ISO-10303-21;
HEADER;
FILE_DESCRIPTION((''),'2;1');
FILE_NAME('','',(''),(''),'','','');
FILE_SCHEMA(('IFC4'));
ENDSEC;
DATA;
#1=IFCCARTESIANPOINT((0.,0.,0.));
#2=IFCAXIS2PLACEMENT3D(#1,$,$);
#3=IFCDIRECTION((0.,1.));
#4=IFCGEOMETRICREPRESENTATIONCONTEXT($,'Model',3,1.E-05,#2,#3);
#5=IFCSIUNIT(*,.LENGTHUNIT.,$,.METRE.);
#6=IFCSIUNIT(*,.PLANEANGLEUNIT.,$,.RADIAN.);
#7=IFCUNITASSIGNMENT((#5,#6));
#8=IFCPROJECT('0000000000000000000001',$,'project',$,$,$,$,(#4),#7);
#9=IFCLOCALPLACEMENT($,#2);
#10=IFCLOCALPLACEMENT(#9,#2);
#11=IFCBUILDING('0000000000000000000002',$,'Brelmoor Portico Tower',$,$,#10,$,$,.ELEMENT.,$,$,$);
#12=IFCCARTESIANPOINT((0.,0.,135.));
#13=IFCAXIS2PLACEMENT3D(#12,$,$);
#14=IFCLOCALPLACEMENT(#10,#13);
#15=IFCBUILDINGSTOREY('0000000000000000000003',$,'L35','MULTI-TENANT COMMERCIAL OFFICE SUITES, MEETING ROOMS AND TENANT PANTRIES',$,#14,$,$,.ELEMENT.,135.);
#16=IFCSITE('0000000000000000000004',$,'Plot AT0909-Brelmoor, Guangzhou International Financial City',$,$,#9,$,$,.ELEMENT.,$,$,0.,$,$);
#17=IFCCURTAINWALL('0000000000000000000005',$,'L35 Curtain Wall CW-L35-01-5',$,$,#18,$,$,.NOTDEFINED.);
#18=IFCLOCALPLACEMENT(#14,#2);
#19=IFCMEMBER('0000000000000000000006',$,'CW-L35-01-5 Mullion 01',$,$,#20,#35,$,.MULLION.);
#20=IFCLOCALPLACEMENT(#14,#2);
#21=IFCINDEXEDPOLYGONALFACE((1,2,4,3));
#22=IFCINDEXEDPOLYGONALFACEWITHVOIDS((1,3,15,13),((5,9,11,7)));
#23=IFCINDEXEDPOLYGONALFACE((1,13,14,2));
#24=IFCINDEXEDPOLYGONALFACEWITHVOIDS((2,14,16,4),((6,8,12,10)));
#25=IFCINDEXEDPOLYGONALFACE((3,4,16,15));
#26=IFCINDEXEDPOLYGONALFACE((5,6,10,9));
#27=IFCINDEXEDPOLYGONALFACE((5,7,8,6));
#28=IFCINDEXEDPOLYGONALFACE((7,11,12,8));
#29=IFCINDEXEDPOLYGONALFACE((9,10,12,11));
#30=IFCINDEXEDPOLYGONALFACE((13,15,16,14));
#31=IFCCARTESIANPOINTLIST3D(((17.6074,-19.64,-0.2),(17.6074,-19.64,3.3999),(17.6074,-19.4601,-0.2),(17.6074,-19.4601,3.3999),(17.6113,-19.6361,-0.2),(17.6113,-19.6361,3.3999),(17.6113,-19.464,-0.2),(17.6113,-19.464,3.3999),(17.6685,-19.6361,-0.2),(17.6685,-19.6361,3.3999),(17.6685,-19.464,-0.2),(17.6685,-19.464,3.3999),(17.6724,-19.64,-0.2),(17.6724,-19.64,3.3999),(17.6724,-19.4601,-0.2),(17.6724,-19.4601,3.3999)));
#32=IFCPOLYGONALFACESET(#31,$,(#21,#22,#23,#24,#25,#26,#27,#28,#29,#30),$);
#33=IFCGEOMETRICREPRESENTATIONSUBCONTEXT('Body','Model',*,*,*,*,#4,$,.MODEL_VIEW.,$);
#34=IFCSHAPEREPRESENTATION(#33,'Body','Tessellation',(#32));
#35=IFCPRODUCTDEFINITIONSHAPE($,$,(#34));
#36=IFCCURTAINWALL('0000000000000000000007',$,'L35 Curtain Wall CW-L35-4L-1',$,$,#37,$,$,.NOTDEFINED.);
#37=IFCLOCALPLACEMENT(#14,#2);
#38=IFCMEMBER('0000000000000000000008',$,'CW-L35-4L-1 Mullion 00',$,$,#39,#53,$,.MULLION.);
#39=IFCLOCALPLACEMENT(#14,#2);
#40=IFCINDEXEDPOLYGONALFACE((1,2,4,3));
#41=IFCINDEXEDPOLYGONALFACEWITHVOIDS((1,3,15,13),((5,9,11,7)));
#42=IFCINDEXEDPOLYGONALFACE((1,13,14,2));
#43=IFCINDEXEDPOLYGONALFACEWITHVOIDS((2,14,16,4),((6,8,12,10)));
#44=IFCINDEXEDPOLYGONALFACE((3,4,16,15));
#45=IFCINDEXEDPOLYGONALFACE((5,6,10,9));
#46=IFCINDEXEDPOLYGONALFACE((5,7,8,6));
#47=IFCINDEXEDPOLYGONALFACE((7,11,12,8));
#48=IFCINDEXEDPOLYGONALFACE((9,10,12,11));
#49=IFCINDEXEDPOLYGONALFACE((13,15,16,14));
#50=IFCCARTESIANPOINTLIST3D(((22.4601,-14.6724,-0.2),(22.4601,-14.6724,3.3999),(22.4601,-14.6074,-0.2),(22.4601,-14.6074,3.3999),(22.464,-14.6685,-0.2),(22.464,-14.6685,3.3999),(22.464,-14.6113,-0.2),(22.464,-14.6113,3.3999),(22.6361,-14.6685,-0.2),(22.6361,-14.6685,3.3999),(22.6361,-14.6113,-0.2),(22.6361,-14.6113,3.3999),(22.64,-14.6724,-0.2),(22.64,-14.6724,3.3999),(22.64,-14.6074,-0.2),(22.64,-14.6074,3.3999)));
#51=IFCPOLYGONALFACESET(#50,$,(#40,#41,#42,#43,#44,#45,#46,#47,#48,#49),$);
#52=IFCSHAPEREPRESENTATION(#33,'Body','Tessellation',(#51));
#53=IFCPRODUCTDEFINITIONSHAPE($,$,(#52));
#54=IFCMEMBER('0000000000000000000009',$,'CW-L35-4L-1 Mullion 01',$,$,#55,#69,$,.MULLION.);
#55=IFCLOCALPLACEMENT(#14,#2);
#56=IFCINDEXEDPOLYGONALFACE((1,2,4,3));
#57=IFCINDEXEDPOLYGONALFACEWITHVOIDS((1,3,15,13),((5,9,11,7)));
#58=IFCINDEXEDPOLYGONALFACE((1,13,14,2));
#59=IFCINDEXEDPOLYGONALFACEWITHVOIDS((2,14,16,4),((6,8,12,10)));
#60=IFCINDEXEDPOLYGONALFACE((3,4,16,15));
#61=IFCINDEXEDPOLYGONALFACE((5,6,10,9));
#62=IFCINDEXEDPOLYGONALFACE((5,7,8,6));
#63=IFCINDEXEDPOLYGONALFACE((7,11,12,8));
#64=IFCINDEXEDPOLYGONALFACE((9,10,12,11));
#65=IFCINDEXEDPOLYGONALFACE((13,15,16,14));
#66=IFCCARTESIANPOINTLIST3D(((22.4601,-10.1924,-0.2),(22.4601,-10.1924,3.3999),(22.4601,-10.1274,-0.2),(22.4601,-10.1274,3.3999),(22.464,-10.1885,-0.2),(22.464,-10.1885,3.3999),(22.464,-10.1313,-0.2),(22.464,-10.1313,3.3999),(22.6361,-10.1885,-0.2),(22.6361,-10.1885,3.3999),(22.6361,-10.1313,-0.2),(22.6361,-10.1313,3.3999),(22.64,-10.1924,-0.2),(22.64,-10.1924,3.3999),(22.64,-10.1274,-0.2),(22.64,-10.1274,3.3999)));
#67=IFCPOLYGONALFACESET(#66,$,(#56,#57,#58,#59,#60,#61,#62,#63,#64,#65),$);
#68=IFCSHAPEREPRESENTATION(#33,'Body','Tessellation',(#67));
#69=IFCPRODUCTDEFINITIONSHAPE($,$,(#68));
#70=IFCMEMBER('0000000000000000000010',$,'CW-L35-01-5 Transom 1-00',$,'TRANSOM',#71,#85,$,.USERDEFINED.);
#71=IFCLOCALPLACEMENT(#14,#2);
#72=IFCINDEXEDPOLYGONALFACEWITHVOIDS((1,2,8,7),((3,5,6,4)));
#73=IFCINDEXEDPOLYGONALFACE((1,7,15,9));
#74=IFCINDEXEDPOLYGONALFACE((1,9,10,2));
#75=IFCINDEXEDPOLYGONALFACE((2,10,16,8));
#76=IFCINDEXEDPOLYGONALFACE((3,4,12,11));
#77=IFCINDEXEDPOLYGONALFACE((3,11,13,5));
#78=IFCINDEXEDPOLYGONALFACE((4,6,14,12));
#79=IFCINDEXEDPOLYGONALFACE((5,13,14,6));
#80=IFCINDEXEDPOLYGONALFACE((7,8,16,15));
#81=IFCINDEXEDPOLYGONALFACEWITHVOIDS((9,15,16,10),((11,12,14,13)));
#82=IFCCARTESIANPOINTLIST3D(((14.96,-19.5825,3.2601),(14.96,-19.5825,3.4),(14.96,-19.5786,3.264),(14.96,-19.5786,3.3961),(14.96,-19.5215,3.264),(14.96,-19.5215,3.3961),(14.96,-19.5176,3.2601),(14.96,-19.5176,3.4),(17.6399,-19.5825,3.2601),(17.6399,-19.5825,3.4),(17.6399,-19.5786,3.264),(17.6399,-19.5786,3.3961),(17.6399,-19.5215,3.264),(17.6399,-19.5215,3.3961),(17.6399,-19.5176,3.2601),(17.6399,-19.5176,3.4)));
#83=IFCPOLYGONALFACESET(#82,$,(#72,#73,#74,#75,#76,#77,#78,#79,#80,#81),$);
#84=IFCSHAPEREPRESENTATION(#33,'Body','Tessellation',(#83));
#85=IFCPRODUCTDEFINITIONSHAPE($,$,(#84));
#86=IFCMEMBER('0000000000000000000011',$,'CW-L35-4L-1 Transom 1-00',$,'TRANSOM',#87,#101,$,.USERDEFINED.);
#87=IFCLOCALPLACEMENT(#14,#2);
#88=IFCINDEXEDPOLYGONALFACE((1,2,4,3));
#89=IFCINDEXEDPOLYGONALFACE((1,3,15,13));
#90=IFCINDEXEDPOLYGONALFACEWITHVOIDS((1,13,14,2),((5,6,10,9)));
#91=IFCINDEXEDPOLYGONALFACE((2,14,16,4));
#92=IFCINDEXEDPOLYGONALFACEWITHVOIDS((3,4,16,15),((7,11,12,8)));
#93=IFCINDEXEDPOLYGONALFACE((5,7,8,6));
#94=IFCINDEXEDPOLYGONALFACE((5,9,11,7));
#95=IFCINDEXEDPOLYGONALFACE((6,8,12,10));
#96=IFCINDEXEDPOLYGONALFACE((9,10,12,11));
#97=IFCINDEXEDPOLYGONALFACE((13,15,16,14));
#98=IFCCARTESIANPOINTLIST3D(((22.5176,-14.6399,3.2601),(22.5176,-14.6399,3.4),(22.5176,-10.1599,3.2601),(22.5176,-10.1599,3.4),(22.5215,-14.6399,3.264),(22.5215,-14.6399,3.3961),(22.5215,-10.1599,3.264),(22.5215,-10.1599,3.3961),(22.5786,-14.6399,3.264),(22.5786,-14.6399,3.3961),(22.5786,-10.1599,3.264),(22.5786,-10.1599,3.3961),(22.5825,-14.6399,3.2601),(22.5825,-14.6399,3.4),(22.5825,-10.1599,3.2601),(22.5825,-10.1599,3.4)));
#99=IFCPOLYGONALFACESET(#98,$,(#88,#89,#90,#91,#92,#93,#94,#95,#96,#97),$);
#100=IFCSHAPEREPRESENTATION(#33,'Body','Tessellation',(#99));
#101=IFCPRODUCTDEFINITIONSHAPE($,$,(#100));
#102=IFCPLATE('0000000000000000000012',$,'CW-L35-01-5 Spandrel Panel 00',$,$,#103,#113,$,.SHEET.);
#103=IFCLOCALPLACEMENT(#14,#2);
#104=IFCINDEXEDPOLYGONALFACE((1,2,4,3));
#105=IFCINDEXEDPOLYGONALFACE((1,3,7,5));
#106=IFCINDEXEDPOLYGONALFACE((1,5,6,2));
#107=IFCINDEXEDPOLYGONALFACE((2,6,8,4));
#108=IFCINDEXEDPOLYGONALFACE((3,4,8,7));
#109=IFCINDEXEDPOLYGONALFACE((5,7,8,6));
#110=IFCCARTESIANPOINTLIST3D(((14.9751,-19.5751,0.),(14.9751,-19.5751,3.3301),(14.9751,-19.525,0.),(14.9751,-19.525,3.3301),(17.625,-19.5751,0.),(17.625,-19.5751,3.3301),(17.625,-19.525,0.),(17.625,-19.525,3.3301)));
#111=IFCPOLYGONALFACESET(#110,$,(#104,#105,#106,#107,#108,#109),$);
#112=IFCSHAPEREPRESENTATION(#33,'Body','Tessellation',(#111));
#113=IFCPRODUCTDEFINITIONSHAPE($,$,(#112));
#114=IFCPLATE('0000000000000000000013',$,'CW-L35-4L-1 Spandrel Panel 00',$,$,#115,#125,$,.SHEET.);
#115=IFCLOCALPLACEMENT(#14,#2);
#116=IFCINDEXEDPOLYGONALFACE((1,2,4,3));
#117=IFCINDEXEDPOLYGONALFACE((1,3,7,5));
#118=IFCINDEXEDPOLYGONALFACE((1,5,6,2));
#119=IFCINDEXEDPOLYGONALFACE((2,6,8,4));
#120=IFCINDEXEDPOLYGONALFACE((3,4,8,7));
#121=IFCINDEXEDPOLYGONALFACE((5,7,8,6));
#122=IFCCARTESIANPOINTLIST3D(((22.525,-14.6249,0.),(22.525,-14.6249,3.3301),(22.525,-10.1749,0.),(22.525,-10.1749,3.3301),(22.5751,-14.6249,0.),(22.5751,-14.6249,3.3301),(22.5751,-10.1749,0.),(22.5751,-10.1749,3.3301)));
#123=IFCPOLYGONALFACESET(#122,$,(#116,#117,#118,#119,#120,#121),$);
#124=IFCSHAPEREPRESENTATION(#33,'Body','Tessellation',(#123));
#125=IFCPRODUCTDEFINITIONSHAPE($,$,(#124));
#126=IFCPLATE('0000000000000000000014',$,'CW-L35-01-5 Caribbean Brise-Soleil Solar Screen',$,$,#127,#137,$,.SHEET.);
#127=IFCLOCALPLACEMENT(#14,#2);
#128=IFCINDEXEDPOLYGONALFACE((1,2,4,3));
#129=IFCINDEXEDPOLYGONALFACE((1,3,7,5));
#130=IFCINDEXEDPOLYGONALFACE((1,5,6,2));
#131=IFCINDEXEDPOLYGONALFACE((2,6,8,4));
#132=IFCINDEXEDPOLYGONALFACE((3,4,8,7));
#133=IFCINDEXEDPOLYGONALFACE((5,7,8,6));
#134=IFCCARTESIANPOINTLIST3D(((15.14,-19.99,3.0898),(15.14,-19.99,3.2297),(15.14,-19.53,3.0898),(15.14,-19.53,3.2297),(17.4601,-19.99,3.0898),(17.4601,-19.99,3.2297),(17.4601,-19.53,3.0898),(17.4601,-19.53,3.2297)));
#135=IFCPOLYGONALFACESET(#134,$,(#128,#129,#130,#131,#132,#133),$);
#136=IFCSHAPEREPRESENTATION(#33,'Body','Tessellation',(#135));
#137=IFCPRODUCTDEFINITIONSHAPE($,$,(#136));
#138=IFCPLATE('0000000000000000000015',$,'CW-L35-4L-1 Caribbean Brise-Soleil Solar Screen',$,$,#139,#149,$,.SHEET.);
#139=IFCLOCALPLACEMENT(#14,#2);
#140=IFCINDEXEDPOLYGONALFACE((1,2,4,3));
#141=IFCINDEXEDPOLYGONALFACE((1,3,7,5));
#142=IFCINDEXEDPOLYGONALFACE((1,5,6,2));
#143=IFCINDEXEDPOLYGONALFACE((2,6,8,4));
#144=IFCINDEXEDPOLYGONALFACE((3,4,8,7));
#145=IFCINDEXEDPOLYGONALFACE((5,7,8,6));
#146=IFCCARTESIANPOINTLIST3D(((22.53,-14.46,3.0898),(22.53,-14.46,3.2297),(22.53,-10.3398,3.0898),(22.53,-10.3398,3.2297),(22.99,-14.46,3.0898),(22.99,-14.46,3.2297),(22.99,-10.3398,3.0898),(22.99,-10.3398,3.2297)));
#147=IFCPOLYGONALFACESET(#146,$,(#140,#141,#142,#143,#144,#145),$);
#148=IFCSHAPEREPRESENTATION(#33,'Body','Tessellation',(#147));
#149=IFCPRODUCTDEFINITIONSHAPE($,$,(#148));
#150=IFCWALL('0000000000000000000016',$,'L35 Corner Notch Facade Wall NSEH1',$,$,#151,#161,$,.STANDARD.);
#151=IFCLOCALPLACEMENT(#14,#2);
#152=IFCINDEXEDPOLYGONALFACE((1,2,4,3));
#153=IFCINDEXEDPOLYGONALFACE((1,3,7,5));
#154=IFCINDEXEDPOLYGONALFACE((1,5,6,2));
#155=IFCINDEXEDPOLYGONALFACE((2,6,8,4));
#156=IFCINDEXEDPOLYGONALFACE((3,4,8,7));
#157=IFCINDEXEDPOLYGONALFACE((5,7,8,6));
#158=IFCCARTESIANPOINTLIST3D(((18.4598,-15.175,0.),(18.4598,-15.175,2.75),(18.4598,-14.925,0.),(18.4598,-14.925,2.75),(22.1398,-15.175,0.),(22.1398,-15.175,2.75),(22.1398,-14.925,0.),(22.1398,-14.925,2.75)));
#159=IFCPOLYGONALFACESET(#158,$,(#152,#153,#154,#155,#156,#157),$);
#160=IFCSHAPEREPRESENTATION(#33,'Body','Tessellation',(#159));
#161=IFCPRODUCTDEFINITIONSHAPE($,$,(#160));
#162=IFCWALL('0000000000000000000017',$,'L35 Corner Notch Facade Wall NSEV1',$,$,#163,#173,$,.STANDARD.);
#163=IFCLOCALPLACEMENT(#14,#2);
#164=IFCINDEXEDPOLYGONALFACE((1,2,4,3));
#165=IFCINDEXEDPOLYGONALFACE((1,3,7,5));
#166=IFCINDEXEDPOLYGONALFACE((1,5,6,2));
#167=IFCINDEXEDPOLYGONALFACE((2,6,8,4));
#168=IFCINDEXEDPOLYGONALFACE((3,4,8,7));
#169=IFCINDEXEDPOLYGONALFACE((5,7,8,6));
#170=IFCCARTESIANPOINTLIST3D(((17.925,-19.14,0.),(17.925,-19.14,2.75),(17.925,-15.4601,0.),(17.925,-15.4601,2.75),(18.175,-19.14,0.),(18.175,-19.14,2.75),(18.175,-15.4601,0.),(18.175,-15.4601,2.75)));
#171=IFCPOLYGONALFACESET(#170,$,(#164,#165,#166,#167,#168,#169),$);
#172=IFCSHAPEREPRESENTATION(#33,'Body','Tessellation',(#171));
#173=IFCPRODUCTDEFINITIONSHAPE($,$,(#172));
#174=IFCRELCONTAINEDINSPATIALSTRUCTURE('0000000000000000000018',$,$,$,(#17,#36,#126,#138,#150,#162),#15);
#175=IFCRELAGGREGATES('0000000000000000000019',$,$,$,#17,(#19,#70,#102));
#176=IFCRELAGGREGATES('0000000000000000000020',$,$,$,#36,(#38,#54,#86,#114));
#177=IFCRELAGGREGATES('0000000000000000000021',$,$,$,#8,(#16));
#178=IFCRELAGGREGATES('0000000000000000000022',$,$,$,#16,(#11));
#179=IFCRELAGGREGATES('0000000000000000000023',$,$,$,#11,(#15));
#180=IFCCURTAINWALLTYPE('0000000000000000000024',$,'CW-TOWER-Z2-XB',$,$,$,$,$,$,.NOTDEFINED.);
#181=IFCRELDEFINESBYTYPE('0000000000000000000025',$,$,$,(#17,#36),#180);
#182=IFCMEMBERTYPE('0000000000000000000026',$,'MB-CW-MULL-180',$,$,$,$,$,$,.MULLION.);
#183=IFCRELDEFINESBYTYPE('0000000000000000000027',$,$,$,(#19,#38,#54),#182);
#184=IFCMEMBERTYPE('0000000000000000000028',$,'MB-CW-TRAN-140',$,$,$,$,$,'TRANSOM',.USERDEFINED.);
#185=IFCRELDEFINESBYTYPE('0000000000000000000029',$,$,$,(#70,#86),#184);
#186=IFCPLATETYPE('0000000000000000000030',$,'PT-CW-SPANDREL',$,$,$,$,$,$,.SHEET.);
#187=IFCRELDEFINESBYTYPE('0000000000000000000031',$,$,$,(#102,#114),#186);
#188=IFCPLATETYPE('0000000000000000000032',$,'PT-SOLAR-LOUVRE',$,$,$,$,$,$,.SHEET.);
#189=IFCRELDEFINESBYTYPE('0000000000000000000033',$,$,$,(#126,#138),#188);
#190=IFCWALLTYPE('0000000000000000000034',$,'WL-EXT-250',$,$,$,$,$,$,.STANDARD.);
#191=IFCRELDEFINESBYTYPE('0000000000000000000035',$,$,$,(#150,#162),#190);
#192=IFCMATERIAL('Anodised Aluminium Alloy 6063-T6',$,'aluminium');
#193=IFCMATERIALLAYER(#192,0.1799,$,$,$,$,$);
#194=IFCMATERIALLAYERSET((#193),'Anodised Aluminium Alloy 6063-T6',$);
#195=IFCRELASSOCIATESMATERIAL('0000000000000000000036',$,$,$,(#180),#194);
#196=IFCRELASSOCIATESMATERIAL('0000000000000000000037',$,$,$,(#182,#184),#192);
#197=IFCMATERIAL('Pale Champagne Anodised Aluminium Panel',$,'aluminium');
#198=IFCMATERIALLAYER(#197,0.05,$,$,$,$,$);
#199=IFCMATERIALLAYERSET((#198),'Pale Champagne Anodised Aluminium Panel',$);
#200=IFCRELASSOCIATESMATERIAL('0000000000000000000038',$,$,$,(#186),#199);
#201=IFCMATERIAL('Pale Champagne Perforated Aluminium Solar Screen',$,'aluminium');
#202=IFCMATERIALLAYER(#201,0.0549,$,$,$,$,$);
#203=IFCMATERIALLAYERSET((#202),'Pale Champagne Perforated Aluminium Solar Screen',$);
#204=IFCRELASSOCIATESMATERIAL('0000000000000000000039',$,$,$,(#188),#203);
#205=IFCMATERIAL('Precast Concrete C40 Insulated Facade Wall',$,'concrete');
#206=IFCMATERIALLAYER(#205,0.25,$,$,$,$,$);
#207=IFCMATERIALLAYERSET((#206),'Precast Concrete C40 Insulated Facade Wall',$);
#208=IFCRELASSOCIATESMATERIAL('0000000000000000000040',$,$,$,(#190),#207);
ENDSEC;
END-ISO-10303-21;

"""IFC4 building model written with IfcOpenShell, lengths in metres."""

from ifc_helpers import new_model, si_unit, direction, frame, frame_2d, origin, origin_2d, place, context, subcontext, project, spatial, rectangle, hollow_rectangle, extrude, material, layer, layer_set, material_profile, profile_set, type_object, element, aggregate, save


model = new_model("IFC4")

# Units and contexts
model_context = context("Model", 3, precision=1e-05, world=origin(), true_north=direction((0.0, 1.0)))
body_context = subcontext(model_context, "Body", "Model", "MODEL_VIEW")
ifc_project = project(units=[si_unit("LENGTHUNIT", "METRE"), si_unit("PLANEANGLEUNIT", "RADIAN")], contexts=[model_context])

# Site, building, storey
site_placement = place(None, origin())
site = spatial("IfcSite", under=ifc_project, at=site_placement, Name="Plot AT0909-Brelmoor, Guangzhou International Financial City", CompositionType="ELEMENT", RefElevation=0.0)
building_placement = place(site_placement, origin())
building = spatial("IfcBuilding", under=site, at=building_placement, Name="Brelmoor Portico Tower", CompositionType="ELEMENT")
storey_placement = place(building_placement, frame((0.0, 0.0, 135.0)))
storey = spatial("IfcBuildingStorey", under=building, at=storey_placement, Name="L35", Description="MULTI-TENANT COMMERCIAL OFFICE SUITES, MEETING ROOMS AND TENANT PANTRIES", CompositionType="ELEMENT", Elevation=135.0)

# Curtain walls, members
ifc_material_1 = material(Name="Anodised Aluminium Alloy 6063-T6", Category="aluminium")
ifc_layer_1 = layer(ifc_material_1, 0.1799)
ifc_layer_set_1 = layer_set([ifc_layer_1], Name="Anodised Aluminium Alloy 6063-T6")
curtain_wall_type = type_object("IfcCurtainWallType", Name="CW-TOWER-Z2-XB", PredefinedType="NOTDEFINED", material=ifc_layer_set_1)
curtain_wall_1_placement = place(storey_placement, origin())
curtain_wall_1 = element("IfcCurtainWall", 1, at=curtain_wall_1_placement, inside=storey, type_object=curtain_wall_type, Name="L35 Curtain Wall CW-L35-01-5", PredefinedType="NOTDEFINED")
ifc_material_profile_1 = material_profile(ifc_material_1, hollow_rectangle(XDim=0.0649, YDim=0.1799, WallThickness=0.0039, at=origin_2d()), Name="ALU MULLION 65x180")
ifc_profile_set_1 = profile_set([ifc_material_profile_1], Name="Anodised Aluminium Alloy 6063-T6")
member_type_1 = type_object("IfcMemberType", Name="MB-CW-MULL-180", PredefinedType="MULLION", material=ifc_profile_set_1)
member_1_placement = place(storey_placement, frame((17.6399, -19.55, -0.2), z_axis=(0.0, 0.0, 1.0), x_axis=(1.0, 0.0, 0.0)))
member_1 = element("IfcMember", 2, at=member_1_placement, type_object=member_type_1, Name="CW-L35-01-5 Mullion 01", PredefinedType="MULLION", context=body_context, shape_type="SweptSolid", body=[
    extrude(hollow_rectangle(XDim=0.0649, YDim=0.1799, WallThickness=0.0039, at=origin_2d()), origin(), (0.0, 0.0, 1.0), 3.5999),
])
curtain_wall_2_placement = place(storey_placement, origin())
curtain_wall_2 = element("IfcCurtainWall", 3, at=curtain_wall_2_placement, inside=storey, type_object=curtain_wall_type, Name="L35 Curtain Wall CW-L35-4L-1", PredefinedType="NOTDEFINED")
member_2_placement = place(storey_placement, frame((22.55, -14.6399, -0.2), z_axis=(0.0, 0.0, 1.0), x_axis=(0.0, 1.0, 0.0)))
member_2 = element("IfcMember", 4, at=member_2_placement, type_object=member_type_1, Name="CW-L35-4L-1 Mullion 00", PredefinedType="MULLION", context=body_context, shape_type="SweptSolid", body=[
    extrude(hollow_rectangle(XDim=0.0649, YDim=0.1799, WallThickness=0.0039, at=origin_2d()), origin(), (0.0, 0.0, 1.0), 3.5999),
])
member_3_placement = place(storey_placement, frame((22.55, -10.1599, -0.2), z_axis=(0.0, 0.0, 1.0), x_axis=(0.0, 1.0, 0.0)))
member_3 = element("IfcMember", 5, at=member_3_placement, type_object=member_type_1, Name="CW-L35-4L-1 Mullion 01", PredefinedType="MULLION", context=body_context, shape_type="SweptSolid", body=[
    extrude(hollow_rectangle(XDim=0.0649, YDim=0.1799, WallThickness=0.0039, at=origin_2d()), origin(), (0.0, 0.0, 1.0), 3.5999),
])

# Members
ifc_material_profile_2 = material_profile(ifc_material_1, hollow_rectangle(XDim=0.0649, YDim=0.1399, WallThickness=0.0039, at=origin_2d()), Name="ALU TRANSOM 65x140")
ifc_profile_set_2 = profile_set([ifc_material_profile_2], Name="Anodised Aluminium Alloy 6063-T6")
member_type_2 = type_object("IfcMemberType", Name="MB-CW-TRAN-140", ElementType="TRANSOM", PredefinedType="USERDEFINED", material=ifc_profile_set_2)
member_4_placement = place(storey_placement, frame((14.96, -19.55, 3.3301), z_axis=(1.0, 0.0, 0.0), x_axis=(0.0, 1.0, 0.0)))
member_4 = element("IfcMember", 6, at=member_4_placement, type_object=member_type_2, Name="CW-L35-01-5 Transom 1-00", ObjectType="TRANSOM", PredefinedType="USERDEFINED", context=body_context, shape_type="SweptSolid", body=[
    extrude(hollow_rectangle(XDim=0.0649, YDim=0.1399, WallThickness=0.0039, at=origin_2d()), origin(), (0.0, 0.0, 1.0), 2.6799),
])
member_5_placement = place(storey_placement, frame((22.55, -14.6399, 3.3301), z_axis=(0.0, 1.0, 0.0), x_axis=(-1.0, 0.0, 0.0)))
member_5 = element("IfcMember", 7, at=member_5_placement, type_object=member_type_2, Name="CW-L35-4L-1 Transom 1-00", ObjectType="TRANSOM", PredefinedType="USERDEFINED", context=body_context, shape_type="SweptSolid", body=[
    extrude(hollow_rectangle(XDim=0.0649, YDim=0.1399, WallThickness=0.0039, at=origin_2d()), origin(), (0.0, 0.0, 1.0), 4.48),
])

# Plates
ifc_material_2 = material(Name="Pale Champagne Anodised Aluminium Panel", Category="aluminium")
ifc_layer_2 = layer(ifc_material_2, 0.05)
ifc_layer_set_2 = layer_set([ifc_layer_2], Name="Pale Champagne Anodised Aluminium Panel")
plate_type_1 = type_object("IfcPlateType", Name="PT-CW-SPANDREL", PredefinedType="SHEET", material=ifc_layer_set_2)
plate_1_placement = place(storey_placement, frame((16.3, -19.55, 0.0), z_axis=(0.0, 0.0, 1.0), x_axis=(1.0, 0.0, 0.0)))
plate_1 = element("IfcPlate", 8, at=plate_1_placement, type_object=plate_type_1, Name="CW-L35-01-5 Spandrel Panel 00", PredefinedType="SHEET", context=body_context, shape_type="SweptSolid", body=[
    extrude(rectangle(XDim=2.6499, YDim=0.05, at=origin_2d()), origin(), (0.0, 0.0, 1.0), 3.3301),
])
aggregate(curtain_wall_1, [member_1, member_4, plate_1])
plate_2_placement = place(storey_placement, frame((22.55, -12.3999, 0.0), z_axis=(0.0, 0.0, 1.0), x_axis=(0.0, 1.0, 0.0)))
plate_2 = element("IfcPlate", 9, at=plate_2_placement, type_object=plate_type_1, Name="CW-L35-4L-1 Spandrel Panel 00", PredefinedType="SHEET", context=body_context, shape_type="SweptSolid", body=[
    extrude(rectangle(XDim=4.45, YDim=0.05, at=origin_2d()), origin(), (0.0, 0.0, 1.0), 3.3301),
])
aggregate(curtain_wall_2, [member_2, member_3, member_5, plate_2])

# Plates
ifc_material_3 = material(Name="Pale Champagne Perforated Aluminium Solar Screen", Category="aluminium")
ifc_layer_3 = layer(ifc_material_3, 0.0549)
ifc_layer_set_3 = layer_set([ifc_layer_3], Name="Pale Champagne Perforated Aluminium Solar Screen")
plate_type_2 = type_object("IfcPlateType", Name="PT-SOLAR-LOUVRE", PredefinedType="SHEET", material=ifc_layer_set_3)
plate_3_placement = place(storey_placement, frame((16.3, -19.76, 3.0898), z_axis=(0.0, 0.0, 1.0), x_axis=(1.0, 0.0, 0.0)))
element("IfcPlate", 10, at=plate_3_placement, inside=storey, type_object=plate_type_2, Name="CW-L35-01-5 Caribbean Brise-Soleil Solar Screen", PredefinedType="SHEET", context=body_context, shape_type="SweptSolid", body=[
    extrude(rectangle(XDim=2.3201, YDim=0.46, at=origin_2d()), origin(), (0.0, 0.0, 1.0), 0.1399),
])
plate_4_placement = place(storey_placement, frame((22.76, -12.3999, 3.0898), z_axis=(0.0, 0.0, 1.0), x_axis=(0.0, 1.0, 0.0)))
element("IfcPlate", 11, at=plate_4_placement, inside=storey, type_object=plate_type_2, Name="CW-L35-4L-1 Caribbean Brise-Soleil Solar Screen", PredefinedType="SHEET", context=body_context, shape_type="SweptSolid", body=[
    extrude(rectangle(XDim=4.1201, YDim=0.46, at=origin_2d()), origin(), (0.0, 0.0, 1.0), 0.1399),
])

# Walls
ifc_material_4 = material(Name="Precast Concrete C40 Insulated Facade Wall", Category="concrete")
ifc_layer_4 = layer(ifc_material_4, 0.25)
ifc_layer_set_4 = layer_set([ifc_layer_4], Name="Precast Concrete C40 Insulated Facade Wall")
wall_type_1 = type_object("IfcWallType", Name="WL-EXT-250", PredefinedType="STANDARD", material=ifc_layer_set_4)
for number, where, z_axis, x_axis, name in (
    (12, (18.46, -15.05, 0.0), (0.0, 0.0, 1.0), (1.0, 0.0, 0.0), "L35 Corner Notch Facade Wall NSEH1"),
    (13, (18.05, -19.1399, 0.0), (0.0, 0.0, 1.0), (0.0, 1.0, 0.0), "L35 Corner Notch Facade Wall NSEV1"),
):
    element("IfcWall", number, at=place(storey_placement, frame(where, z_axis=z_axis, x_axis=x_axis)), inside=storey, type_object=wall_type_1, Name=name, PredefinedType="STANDARD", context=body_context, shape_type="SweptSolid", body=[
        extrude(rectangle(XDim=3.6799, YDim=0.25, at=frame_2d((1.8398, 0.0))), origin(), (0.0, 0.0, 1.0), 2.75),
    ])

save(model, "model.ifc")
